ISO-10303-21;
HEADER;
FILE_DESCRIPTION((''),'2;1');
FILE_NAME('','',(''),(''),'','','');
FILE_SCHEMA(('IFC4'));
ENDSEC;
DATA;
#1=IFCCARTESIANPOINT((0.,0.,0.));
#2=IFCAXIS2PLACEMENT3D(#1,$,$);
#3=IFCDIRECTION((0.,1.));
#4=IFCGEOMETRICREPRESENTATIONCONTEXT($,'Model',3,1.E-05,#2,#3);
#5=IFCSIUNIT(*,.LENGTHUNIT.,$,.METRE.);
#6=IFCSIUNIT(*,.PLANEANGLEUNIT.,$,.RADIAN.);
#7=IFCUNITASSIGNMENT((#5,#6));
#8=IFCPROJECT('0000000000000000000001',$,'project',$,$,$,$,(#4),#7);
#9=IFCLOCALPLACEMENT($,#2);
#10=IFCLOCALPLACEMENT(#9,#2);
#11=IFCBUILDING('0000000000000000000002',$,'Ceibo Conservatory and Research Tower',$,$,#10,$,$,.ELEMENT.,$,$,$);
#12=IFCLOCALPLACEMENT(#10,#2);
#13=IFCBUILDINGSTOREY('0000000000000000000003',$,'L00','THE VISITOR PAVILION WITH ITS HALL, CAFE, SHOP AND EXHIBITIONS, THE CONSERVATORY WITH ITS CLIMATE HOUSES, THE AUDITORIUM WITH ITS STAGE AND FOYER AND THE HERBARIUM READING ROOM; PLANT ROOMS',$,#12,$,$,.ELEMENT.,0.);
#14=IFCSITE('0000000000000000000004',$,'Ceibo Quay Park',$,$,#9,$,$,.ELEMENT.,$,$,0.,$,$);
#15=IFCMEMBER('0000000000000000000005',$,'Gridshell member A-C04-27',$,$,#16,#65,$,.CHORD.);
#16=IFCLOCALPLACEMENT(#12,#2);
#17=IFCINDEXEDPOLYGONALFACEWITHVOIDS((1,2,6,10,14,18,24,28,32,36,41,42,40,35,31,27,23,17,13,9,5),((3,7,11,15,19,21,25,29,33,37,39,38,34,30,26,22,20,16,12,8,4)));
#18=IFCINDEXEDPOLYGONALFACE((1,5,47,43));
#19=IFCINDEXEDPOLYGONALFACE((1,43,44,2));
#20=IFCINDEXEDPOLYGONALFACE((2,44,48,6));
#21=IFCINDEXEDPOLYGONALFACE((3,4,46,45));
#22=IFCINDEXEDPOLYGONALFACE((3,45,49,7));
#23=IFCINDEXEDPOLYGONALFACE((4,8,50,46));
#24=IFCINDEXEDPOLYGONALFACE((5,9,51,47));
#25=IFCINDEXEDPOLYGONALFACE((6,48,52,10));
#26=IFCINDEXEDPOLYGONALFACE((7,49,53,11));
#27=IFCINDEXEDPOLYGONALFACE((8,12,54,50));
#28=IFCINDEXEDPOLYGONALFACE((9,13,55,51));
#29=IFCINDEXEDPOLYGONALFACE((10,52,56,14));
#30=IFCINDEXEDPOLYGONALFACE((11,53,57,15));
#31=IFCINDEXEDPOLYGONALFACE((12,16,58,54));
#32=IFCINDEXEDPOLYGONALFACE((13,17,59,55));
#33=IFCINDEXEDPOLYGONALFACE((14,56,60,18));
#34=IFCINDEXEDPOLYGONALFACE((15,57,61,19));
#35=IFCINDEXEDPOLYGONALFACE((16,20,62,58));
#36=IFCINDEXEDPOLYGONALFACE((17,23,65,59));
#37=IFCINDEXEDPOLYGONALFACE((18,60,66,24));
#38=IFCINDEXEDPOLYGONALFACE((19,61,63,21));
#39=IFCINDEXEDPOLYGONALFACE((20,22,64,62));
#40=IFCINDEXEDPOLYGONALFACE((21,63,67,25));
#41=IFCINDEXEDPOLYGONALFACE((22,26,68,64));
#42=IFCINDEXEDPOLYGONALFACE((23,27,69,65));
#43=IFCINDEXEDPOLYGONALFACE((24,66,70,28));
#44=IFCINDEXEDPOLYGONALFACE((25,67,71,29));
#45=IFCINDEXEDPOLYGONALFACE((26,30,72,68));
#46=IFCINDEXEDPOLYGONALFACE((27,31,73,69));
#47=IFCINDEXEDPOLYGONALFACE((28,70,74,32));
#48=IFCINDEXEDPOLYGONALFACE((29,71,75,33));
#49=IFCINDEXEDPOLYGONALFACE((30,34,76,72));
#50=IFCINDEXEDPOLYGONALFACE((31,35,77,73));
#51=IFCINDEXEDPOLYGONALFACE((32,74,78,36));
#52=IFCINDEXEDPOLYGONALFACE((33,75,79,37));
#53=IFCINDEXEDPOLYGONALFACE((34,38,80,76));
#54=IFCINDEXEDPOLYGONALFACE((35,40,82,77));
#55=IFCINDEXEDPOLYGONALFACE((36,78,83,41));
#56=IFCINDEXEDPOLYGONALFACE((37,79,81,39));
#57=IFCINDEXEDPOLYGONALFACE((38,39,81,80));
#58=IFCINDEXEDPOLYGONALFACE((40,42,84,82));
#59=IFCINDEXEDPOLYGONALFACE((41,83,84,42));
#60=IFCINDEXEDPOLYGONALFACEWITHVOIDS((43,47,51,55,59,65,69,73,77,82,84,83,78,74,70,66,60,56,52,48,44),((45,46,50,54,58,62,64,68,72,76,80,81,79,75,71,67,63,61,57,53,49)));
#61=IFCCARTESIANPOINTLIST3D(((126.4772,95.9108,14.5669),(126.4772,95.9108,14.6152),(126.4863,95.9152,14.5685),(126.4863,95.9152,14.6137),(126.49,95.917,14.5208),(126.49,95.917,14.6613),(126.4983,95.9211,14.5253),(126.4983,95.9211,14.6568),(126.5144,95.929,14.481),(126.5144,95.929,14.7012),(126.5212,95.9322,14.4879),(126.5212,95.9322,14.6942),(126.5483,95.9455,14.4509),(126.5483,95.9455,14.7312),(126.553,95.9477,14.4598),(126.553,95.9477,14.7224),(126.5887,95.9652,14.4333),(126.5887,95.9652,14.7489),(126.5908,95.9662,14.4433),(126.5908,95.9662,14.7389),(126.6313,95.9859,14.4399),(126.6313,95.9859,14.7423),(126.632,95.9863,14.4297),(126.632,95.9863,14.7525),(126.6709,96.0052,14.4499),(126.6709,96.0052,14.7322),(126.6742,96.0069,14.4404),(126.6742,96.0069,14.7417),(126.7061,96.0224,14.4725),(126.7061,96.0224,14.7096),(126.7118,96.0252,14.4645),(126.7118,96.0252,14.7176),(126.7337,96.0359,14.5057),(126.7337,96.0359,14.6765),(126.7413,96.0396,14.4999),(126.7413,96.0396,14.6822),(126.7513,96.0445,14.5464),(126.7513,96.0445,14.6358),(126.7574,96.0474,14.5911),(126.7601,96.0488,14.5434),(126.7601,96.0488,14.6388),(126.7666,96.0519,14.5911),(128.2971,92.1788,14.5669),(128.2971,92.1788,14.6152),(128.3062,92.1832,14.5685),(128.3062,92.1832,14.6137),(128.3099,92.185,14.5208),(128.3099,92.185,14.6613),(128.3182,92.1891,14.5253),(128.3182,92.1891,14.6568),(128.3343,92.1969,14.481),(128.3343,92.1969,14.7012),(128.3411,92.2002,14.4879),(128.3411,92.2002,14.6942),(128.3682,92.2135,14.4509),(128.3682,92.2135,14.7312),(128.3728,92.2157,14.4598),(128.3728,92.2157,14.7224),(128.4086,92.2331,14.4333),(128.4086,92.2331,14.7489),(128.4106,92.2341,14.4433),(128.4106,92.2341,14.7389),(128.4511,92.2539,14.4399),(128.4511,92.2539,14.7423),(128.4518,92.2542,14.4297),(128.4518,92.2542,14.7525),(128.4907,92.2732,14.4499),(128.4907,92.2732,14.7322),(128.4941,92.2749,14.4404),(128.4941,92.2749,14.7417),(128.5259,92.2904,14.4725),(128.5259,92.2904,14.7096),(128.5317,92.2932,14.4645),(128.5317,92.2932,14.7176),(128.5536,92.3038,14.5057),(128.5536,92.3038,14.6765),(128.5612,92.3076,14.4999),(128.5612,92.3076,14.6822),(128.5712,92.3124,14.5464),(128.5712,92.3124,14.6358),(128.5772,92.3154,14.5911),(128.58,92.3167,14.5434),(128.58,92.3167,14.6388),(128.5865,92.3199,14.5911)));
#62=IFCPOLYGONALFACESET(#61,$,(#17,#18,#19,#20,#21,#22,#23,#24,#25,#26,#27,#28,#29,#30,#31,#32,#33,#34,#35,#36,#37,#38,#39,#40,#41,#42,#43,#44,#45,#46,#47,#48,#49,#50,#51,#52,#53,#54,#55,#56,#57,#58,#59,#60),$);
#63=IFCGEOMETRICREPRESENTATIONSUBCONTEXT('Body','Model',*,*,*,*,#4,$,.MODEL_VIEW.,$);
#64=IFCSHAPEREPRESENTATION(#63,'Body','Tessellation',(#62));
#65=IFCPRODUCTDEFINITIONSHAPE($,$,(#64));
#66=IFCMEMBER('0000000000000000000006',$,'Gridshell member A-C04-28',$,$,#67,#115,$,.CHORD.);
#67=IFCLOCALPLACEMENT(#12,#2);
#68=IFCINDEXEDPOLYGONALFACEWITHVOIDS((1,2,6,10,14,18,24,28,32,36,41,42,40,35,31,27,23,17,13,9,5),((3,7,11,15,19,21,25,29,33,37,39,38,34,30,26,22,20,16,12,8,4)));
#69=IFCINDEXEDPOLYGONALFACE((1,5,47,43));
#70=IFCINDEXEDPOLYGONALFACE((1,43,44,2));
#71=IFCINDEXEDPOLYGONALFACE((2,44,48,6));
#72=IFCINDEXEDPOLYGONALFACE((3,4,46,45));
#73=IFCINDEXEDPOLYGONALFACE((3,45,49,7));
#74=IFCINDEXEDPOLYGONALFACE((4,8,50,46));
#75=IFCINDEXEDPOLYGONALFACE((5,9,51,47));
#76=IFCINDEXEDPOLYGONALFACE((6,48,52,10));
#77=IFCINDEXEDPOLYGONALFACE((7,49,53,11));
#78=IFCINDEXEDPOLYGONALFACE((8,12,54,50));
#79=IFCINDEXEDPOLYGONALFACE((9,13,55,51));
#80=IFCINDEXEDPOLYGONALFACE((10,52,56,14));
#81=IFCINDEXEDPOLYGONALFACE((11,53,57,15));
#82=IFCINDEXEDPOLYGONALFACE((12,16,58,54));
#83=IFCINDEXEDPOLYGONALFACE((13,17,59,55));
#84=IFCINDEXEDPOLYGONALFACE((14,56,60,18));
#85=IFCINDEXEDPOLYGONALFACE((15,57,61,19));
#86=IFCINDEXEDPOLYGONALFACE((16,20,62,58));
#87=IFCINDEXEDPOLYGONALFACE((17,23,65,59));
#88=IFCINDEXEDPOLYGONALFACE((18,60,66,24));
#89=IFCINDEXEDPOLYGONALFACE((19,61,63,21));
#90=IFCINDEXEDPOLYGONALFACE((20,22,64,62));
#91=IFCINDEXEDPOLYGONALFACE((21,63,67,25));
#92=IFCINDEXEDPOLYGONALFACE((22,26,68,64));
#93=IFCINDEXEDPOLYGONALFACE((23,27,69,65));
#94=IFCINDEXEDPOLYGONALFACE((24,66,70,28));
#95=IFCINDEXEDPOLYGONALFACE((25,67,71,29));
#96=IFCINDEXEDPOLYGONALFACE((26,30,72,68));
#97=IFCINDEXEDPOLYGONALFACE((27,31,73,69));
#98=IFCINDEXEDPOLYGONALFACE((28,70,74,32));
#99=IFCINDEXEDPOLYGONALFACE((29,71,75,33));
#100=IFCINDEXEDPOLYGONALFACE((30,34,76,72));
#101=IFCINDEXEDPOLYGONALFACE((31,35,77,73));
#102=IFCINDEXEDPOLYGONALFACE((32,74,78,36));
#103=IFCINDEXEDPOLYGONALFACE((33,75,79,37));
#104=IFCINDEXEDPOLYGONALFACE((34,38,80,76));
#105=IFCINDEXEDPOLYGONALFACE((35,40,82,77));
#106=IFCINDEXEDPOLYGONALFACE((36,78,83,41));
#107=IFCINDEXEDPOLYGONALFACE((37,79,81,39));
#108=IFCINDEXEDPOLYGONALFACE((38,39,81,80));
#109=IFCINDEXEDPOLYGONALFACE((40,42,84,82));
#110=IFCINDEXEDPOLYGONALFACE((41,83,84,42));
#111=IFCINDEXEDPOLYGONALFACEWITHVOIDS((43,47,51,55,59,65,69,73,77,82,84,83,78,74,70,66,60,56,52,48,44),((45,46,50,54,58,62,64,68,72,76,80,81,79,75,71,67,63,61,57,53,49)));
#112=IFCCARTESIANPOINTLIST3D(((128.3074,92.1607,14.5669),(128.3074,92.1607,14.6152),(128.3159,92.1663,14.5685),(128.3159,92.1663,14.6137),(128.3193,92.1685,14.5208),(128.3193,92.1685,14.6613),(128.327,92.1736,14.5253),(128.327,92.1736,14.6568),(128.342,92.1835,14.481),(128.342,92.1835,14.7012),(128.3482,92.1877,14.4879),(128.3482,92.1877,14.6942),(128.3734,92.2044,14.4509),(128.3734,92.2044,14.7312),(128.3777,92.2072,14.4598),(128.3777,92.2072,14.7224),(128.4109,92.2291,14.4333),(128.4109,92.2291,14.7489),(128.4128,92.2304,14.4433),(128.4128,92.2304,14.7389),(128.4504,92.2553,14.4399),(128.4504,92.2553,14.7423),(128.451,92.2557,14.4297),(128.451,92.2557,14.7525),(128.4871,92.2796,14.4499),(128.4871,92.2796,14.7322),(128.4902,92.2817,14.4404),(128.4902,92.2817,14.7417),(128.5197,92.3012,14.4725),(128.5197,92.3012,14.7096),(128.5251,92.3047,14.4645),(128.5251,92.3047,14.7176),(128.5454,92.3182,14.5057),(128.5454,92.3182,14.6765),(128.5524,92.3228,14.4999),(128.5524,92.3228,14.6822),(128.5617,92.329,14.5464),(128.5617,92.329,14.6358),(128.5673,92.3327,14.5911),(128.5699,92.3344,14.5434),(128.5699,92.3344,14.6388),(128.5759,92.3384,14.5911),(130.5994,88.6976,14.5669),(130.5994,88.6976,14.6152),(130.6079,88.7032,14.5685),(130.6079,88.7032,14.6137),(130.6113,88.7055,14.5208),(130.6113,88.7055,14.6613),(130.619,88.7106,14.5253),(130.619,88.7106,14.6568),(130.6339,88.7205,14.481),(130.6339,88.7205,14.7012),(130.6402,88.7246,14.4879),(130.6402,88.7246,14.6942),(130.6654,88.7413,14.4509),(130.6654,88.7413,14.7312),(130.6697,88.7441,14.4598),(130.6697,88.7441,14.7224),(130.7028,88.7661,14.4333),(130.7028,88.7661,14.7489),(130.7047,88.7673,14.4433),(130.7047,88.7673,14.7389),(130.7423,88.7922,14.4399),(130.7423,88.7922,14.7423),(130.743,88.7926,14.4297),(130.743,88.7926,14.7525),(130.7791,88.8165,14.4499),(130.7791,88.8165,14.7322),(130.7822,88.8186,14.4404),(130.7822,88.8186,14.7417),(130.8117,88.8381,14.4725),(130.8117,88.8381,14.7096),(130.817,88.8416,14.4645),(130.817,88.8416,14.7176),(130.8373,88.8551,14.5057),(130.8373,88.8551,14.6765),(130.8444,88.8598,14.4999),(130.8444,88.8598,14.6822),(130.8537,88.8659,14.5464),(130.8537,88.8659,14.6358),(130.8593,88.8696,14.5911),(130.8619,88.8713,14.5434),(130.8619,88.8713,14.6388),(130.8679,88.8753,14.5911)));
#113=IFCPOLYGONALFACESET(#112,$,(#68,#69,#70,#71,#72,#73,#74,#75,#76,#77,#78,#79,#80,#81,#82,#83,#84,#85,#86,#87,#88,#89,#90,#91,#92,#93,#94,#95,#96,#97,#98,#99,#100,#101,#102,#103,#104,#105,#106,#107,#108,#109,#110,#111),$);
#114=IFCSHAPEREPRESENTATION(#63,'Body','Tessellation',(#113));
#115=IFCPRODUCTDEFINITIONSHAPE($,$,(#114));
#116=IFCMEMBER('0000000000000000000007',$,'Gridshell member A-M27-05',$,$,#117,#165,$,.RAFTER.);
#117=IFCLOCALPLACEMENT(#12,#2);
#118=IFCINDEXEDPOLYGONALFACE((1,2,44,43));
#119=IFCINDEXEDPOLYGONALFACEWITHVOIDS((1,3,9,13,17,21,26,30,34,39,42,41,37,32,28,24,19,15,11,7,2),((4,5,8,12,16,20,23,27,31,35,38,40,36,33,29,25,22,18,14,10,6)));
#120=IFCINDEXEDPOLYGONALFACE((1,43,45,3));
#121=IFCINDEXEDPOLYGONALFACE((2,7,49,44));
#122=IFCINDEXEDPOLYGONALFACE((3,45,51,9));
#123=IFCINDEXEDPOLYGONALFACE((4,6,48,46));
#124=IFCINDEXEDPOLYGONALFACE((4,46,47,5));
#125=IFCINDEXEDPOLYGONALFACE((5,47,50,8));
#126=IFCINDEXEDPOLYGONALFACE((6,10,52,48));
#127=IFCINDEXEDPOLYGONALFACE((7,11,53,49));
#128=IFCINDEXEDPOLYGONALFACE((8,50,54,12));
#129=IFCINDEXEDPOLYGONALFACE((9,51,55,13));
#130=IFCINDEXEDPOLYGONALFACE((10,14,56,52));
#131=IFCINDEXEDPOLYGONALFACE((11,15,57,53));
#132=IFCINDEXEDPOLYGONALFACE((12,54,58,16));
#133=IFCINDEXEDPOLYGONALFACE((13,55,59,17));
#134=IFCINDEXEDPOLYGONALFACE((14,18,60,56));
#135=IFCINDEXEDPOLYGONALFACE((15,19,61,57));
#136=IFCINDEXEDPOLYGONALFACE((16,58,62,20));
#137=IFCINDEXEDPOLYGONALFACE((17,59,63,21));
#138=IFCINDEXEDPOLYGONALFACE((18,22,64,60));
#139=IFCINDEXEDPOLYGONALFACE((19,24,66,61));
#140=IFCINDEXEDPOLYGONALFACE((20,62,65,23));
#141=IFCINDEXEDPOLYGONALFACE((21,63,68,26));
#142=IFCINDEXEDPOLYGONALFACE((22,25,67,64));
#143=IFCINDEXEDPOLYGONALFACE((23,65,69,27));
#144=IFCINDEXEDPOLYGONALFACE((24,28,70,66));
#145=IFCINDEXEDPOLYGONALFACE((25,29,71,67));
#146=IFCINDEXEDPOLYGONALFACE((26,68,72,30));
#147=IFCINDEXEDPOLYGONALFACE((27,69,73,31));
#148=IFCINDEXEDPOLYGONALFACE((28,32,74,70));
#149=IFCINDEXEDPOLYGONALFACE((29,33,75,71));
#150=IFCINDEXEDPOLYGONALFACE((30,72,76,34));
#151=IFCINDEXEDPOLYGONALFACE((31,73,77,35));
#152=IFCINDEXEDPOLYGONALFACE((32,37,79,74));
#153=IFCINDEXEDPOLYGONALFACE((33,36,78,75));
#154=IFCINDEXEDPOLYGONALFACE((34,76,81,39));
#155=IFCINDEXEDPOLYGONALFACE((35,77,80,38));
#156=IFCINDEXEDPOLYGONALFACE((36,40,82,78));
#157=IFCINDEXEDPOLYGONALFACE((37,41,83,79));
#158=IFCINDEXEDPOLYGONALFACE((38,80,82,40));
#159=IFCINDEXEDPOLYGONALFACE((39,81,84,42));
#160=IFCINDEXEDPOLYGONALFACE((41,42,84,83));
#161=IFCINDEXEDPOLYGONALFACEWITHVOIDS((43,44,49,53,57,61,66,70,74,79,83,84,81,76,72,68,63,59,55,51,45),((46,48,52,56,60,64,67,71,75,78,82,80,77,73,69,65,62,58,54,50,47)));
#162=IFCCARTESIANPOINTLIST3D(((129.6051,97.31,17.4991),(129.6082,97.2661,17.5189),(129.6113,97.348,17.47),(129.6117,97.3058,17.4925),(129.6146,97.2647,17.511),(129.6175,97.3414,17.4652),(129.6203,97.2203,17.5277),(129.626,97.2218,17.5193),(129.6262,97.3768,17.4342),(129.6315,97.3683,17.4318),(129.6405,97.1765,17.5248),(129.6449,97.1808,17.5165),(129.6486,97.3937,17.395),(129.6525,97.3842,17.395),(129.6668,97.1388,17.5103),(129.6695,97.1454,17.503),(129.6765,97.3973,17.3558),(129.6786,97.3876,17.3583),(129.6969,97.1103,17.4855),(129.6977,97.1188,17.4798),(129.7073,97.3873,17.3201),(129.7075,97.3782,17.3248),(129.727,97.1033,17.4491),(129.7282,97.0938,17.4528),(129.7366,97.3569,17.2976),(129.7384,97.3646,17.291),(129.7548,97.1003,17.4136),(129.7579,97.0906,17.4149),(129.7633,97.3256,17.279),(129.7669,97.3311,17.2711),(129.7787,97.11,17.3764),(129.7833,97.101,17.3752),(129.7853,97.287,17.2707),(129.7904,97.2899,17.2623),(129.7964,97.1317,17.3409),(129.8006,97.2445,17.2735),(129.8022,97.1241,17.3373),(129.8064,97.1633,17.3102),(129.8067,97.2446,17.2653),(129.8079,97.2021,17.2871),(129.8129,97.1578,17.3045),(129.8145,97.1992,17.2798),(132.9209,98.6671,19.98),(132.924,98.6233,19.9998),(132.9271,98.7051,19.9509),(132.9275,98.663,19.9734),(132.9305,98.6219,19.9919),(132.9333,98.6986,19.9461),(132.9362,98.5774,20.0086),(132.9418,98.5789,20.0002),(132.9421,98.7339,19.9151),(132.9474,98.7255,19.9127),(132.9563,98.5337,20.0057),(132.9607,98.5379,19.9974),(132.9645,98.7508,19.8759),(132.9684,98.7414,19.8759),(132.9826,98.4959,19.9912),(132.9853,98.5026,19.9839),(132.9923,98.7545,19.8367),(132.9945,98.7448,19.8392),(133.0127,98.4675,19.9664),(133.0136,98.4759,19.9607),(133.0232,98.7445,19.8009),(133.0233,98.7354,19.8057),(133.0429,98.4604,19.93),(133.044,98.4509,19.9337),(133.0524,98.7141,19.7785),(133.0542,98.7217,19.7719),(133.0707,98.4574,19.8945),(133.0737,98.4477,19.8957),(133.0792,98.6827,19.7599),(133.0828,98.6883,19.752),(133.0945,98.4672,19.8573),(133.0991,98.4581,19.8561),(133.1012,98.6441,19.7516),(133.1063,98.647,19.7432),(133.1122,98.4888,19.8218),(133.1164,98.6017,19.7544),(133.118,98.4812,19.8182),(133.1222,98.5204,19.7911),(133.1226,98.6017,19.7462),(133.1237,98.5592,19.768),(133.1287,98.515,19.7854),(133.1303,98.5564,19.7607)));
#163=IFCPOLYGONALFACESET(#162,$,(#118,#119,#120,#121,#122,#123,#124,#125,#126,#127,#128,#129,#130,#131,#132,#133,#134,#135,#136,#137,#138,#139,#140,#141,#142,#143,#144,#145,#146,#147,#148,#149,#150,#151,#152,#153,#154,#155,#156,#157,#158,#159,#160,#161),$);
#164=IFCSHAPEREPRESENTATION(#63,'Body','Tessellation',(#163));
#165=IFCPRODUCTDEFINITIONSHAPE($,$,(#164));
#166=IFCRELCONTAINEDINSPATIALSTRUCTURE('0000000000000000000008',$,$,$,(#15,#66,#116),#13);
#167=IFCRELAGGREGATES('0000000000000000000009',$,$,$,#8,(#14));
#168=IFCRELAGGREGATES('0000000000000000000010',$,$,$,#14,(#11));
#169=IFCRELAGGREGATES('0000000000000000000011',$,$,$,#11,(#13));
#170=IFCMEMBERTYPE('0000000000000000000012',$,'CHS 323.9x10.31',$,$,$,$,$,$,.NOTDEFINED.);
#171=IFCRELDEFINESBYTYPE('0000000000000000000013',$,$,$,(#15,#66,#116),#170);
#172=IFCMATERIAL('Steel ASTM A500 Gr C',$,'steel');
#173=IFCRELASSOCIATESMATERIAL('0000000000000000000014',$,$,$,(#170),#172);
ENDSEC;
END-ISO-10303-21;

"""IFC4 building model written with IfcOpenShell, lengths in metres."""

from ifc_helpers import new_model, si_unit, direction, frame, origin, origin_2d, place, context, subcontext, project, spatial, hollow_circle, extrude, material, material_profile, profile_set, type_object, element, save


model = new_model("IFC4")

# Units and contexts
model_context = context("Model", 3, precision=1e-05, world=origin(), true_north=direction((0.0, 1.0)))
body_context = subcontext(model_context, "Body", "Model", "MODEL_VIEW")
ifc_project = project(units=[si_unit("LENGTHUNIT", "METRE"), si_unit("PLANEANGLEUNIT", "RADIAN")], contexts=[model_context])

# Site, building, storey
site_placement = place(None, origin())
site = spatial("IfcSite", under=ifc_project, at=site_placement, Name="Ceibo Quay Park", CompositionType="ELEMENT", RefElevation=0.0)
building_placement = place(site_placement, origin())
building = spatial("IfcBuilding", under=site, at=building_placement, Name="Ceibo Conservatory and Research Tower", CompositionType="ELEMENT")
storey_placement = place(building_placement, origin())
storey = spatial("IfcBuildingStorey", under=building, at=storey_placement, Name="L00", Description="THE VISITOR PAVILION WITH ITS HALL, CAFE, SHOP AND EXHIBITIONS, THE CONSERVATORY WITH ITS CLIMATE HOUSES, THE AUDITORIUM WITH ITS STAGE AND FOYER AND THE HERBARIUM READING ROOM; PLANT ROOMS", CompositionType="ELEMENT", Elevation=0.0)

# Members
ifc_material_1 = material(Name="Steel ASTM A500 Gr C", Category="steel")
ifc_material_profile_1 = material_profile(ifc_material_1, hollow_circle(Radius=0.1619, WallThickness=0.0103, at=origin_2d()), Name="CHS 323.9x10.31")
ifc_profile_set_1 = profile_set([ifc_material_profile_1], Name="Steel ASTM A500 Gr C")
member_type_1 = type_object("IfcMemberType", Name="CHS 323.9x10.31", PredefinedType="NOTDEFINED", material=ifc_profile_set_1)
member_1_placement = place(storey_placement, frame((126.6211, 95.981, 14.5911), z_axis=(0.438301, -0.898828, 0.0), x_axis=(0.898828, 0.438301, 0.0)))
element("IfcMember", 1, at=member_1_placement, inside=storey, type_object=member_type_1, Name="Gridshell member A-C04-27", PredefinedType="CHORD", context=body_context, shape_type="SweptSolid", body=[
    extrude(hollow_circle(Radius=0.1619, WallThickness=0.0103, at=origin_2d()), origin(), (0.0, 0.0, 1.0), 4.1521),
])
member_2_placement = place(storey_placement, frame((128.4409, 92.249, 14.5911), z_axis=(0.551902, -0.833909, 0.0), x_axis=(0.833909, 0.551902, 0.0)))
element("IfcMember", 2, at=member_2_placement, inside=storey, type_object=member_type_1, Name="Gridshell member A-C04-28", PredefinedType="CHORD", context=body_context, shape_type="SweptSolid", body=[
    extrude(hollow_circle(Radius=0.1619, WallThickness=0.0103, at=origin_2d()), origin(), (0.0, 0.0, 1.0), 4.1528),
])
member_3_placement = place(storey_placement, frame((129.71, 97.2439, 17.395), z_axis=(0.760876, 0.31142, 0.569285), x_axis=(-0.378792, 0.925482, 0.0)))
element("IfcMember", 3, at=member_3_placement, inside=storey, type_object=member_type_1, Name="Gridshell member A-M27-05", PredefinedType="RAFTER", context=body_context, shape_type="SweptSolid", body=[
    extrude(hollow_circle(Radius=0.1619, WallThickness=0.0103, at=origin_2d()), origin(), (0.0, 0.0, 1.0), 4.3579),
])

save(model, "model.ifc")
